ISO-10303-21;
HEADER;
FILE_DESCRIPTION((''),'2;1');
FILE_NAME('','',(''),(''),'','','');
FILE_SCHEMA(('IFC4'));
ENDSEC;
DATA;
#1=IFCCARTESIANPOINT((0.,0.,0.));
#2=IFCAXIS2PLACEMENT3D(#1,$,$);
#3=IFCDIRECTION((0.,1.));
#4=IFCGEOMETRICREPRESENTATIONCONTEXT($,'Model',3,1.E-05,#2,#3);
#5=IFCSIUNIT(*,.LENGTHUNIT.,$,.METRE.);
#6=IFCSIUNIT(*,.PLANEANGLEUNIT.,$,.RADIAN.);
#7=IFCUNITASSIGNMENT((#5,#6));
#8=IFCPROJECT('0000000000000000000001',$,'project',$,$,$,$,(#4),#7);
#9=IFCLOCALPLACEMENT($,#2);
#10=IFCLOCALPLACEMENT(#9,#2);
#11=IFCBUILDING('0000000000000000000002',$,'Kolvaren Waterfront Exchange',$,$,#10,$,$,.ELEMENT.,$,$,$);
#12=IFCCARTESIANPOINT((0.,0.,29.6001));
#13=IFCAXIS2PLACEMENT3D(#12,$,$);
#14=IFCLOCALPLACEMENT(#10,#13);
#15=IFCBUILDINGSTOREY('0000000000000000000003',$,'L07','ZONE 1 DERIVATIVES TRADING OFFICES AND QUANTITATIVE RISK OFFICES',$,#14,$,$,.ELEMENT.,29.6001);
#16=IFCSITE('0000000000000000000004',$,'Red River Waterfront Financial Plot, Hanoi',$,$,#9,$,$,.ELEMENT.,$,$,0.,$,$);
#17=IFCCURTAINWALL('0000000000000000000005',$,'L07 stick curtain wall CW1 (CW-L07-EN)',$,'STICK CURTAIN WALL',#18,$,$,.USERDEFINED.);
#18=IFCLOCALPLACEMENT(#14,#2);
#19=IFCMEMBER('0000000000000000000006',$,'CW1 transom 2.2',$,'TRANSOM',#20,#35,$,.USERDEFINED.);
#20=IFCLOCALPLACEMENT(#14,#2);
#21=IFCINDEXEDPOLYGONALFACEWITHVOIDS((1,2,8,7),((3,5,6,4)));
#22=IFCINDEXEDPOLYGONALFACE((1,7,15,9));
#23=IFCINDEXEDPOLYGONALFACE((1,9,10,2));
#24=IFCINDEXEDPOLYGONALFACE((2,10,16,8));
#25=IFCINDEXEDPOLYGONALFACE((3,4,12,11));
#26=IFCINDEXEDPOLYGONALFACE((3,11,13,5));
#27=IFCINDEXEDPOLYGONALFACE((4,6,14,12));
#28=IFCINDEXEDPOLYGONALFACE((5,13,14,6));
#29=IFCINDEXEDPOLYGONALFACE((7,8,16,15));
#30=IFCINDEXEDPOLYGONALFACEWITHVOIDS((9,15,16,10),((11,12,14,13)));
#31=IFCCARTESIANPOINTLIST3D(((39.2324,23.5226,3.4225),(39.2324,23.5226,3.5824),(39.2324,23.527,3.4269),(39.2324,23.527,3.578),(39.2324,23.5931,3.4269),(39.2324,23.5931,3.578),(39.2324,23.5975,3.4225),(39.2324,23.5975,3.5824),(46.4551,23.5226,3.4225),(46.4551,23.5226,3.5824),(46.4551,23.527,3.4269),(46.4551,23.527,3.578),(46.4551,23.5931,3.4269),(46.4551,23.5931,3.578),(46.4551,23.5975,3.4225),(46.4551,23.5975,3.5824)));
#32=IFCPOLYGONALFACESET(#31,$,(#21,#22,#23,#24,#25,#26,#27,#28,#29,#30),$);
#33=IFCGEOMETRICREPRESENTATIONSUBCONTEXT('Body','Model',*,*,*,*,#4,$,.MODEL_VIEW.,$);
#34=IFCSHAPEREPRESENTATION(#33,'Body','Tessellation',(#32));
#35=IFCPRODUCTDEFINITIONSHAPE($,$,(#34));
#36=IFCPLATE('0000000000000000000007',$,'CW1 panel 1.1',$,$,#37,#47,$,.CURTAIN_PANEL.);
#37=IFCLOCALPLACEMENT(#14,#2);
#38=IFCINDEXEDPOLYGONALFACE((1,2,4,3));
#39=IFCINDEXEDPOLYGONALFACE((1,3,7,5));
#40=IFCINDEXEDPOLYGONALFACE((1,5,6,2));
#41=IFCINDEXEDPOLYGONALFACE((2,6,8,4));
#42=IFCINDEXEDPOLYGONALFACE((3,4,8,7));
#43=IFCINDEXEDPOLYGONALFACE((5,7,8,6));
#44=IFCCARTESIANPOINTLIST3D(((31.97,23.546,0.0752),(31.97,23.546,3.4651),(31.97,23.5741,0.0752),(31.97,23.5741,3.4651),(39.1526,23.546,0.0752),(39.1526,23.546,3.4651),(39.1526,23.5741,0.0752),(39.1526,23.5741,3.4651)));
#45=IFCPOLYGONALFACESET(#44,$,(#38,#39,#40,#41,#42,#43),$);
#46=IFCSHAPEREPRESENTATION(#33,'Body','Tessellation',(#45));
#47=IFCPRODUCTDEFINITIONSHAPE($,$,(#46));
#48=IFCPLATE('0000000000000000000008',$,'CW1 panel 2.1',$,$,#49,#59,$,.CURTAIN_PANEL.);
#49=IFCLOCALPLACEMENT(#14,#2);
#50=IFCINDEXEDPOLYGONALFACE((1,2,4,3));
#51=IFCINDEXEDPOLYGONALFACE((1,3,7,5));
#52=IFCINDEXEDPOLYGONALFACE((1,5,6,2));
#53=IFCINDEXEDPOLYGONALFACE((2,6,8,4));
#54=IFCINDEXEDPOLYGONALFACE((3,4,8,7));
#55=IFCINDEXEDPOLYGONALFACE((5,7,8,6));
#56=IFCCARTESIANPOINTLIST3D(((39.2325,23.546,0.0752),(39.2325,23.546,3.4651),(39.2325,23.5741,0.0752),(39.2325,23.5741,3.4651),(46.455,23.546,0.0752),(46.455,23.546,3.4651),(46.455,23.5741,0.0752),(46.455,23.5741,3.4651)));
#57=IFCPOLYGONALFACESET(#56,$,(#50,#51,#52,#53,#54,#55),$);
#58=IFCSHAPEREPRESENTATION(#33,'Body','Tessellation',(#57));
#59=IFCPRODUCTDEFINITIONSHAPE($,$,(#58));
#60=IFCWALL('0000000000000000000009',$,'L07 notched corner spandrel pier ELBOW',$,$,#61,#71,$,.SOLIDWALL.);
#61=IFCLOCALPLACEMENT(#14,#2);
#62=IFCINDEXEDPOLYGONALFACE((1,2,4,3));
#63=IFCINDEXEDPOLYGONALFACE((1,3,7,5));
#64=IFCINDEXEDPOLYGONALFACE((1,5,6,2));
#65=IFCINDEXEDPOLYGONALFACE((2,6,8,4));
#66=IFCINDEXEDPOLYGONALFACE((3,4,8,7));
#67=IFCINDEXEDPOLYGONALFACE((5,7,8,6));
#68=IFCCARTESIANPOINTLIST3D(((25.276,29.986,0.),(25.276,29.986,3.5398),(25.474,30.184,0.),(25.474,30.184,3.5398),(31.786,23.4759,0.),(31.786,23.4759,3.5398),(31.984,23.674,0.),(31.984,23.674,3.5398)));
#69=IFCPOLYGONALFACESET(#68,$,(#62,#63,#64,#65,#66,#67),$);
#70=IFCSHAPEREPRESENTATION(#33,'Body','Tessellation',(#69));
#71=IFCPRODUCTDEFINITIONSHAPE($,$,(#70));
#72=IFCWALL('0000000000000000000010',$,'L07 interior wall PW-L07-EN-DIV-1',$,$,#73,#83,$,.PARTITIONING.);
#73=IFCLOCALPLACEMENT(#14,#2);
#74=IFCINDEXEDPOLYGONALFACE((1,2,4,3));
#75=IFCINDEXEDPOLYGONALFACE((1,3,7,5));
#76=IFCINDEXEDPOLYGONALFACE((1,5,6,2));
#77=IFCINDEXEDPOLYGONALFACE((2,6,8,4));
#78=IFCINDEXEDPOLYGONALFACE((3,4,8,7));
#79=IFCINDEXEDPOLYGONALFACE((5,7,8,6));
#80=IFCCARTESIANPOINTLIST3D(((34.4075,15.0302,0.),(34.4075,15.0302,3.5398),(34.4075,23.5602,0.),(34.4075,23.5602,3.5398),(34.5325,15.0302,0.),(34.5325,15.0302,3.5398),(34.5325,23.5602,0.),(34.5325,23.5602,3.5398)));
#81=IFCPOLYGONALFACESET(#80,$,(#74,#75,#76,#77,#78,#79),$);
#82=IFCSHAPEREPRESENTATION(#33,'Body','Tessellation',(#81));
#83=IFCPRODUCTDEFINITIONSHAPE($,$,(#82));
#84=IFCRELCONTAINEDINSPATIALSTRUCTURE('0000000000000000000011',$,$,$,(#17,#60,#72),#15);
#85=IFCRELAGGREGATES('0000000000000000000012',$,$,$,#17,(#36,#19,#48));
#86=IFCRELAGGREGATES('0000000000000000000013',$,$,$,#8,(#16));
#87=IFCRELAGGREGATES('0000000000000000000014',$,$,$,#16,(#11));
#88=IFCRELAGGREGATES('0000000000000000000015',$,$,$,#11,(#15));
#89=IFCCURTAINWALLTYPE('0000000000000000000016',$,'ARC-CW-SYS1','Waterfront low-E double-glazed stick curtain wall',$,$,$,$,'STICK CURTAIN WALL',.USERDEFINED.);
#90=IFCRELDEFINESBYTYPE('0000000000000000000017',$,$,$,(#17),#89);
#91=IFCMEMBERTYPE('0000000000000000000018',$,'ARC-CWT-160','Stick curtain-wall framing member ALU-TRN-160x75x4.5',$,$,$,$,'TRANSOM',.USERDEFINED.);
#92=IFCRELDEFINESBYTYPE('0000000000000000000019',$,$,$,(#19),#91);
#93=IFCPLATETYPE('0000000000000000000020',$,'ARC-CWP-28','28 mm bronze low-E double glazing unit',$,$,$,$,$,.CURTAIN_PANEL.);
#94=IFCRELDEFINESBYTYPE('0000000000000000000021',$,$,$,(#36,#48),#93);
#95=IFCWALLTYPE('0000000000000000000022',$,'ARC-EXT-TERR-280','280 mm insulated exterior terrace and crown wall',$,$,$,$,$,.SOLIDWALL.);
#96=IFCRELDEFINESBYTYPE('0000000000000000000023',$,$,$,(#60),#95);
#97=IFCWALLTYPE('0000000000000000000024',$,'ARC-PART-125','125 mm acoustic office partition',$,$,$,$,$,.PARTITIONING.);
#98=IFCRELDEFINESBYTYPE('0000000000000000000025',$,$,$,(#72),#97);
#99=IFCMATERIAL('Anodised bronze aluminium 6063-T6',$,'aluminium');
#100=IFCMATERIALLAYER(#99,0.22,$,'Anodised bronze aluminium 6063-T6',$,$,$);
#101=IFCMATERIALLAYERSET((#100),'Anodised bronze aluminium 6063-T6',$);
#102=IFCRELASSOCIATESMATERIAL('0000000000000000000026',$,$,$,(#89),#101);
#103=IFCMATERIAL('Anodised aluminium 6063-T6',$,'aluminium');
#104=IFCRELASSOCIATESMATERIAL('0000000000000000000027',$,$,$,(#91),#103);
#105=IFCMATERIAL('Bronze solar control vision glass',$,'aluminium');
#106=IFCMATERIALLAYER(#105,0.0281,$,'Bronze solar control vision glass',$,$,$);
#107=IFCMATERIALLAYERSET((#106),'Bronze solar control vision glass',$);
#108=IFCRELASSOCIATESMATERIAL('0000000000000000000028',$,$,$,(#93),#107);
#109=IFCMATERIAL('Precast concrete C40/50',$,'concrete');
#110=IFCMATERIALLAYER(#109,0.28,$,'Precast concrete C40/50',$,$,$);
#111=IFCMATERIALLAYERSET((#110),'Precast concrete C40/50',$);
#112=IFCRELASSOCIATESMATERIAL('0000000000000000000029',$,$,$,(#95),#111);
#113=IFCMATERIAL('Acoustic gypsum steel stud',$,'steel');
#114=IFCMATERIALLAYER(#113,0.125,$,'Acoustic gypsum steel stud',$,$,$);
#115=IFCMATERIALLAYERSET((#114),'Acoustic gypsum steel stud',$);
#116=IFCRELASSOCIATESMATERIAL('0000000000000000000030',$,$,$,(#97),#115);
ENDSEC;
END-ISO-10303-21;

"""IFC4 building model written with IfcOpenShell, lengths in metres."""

from ifc_helpers import new_model, si_unit, direction, frame, frame_2d, origin, origin_with_axes, origin_2d, place, context, subcontext, project, spatial, rectangle, hollow_rectangle, extrude, source, transform, mapped, material, layer, layer_set, material_profile, profile_set, type_object, element, aggregate, save


model = new_model("IFC4")

# Units and contexts
model_context = context("Model", 3, precision=1e-05, world=origin(), true_north=direction((0.0, 1.0)))
body_context = subcontext(model_context, "Body", "Model", "MODEL_VIEW")
ifc_project = project(units=[si_unit("LENGTHUNIT", "METRE"), si_unit("PLANEANGLEUNIT", "RADIAN")], contexts=[model_context])

# Site, building, storey
site_placement = place(None, origin())
site = spatial("IfcSite", under=ifc_project, at=site_placement, Name="Red River Waterfront Financial Plot, Hanoi", CompositionType="ELEMENT", RefElevation=0.0)
building_placement = place(site_placement, origin())
building = spatial("IfcBuilding", under=site, at=building_placement, Name="Kolvaren Waterfront Exchange", CompositionType="ELEMENT")
storey_placement = place(building_placement, frame((0.0, 0.0, 29.6001)))
storey = spatial("IfcBuildingStorey", under=building, at=storey_placement, Name="L07", Description="ZONE 1 DERIVATIVES TRADING OFFICES AND QUANTITATIVE RISK OFFICES", CompositionType="ELEMENT", Elevation=29.6001)

# Curtain wall, member, plates
ifc_material_1 = material(Name="Anodised bronze aluminium 6063-T6", Category="aluminium")
ifc_layer_1 = layer(ifc_material_1, 0.22, Name="Anodised bronze aluminium 6063-T6")
ifc_layer_set_1 = layer_set([ifc_layer_1], Name="Anodised bronze aluminium 6063-T6")
curtain_wall_type = type_object("IfcCurtainWallType", Name="ARC-CW-SYS1", Description="Waterfront low-E double-glazed stick curtain wall", ElementType="STICK CURTAIN WALL", PredefinedType="USERDEFINED", material=ifc_layer_set_1)
curtain_wall_placement = place(storey_placement, origin())
curtain_wall = element("IfcCurtainWall", 1, at=curtain_wall_placement, inside=storey, type_object=curtain_wall_type, Name="L07 stick curtain wall CW1 (CW-L07-EN)", ObjectType="STICK CURTAIN WALL", PredefinedType="USERDEFINED")
ifc_material_2 = material(Name="Anodised aluminium 6063-T6", Category="aluminium")
ifc_material_profile_1 = material_profile(ifc_material_2, hollow_rectangle(XDim=0.075, YDim=0.1599, WallThickness=0.0044, at=origin_2d()), Name="ALU-TRN-160x75x4.5")
ifc_profile_set_1 = profile_set([ifc_material_profile_1], Name="Anodised aluminium 6063-T6")
member_type_1 = type_object("IfcMemberType", Name="ARC-CWT-160", Description="Stick curtain-wall framing member ALU-TRN-160x75x4.5", ElementType="TRANSOM", PredefinedType="USERDEFINED", material=ifc_profile_set_1)
shared_shape_1 = source(origin_with_axes(), body_context, "Body", "SweptSolid", [
    extrude(hollow_rectangle(XDim=0.075, YDim=0.1599, WallThickness=0.0044, at=origin_2d()), origin(), (0.0, 0.0, 1.0), 7.2227),
])
member_1_placement = place(storey_placement, frame((39.2324, 23.5601, 3.5024), z_axis=(1.0, 0.0, 0.0), x_axis=(0.0, 1.0, 0.0)))
member_1 = element("IfcMember", 2, at=member_1_placement, type_object=member_type_1, Name="CW1 transom 2.2", ObjectType="TRANSOM", PredefinedType="USERDEFINED", context=body_context, shape_type="MappedRepresentation", body=[
    mapped(shared_shape_1, transform((0.0, 0.0, 0.0), x_axis=(1.0, 0.0, 0.0), y_axis=(0.0, 1.0, 0.0), z_axis=(0.0, 0.0, 1.0), scale=1.0)),
])
ifc_material_3 = material(Name="Bronze solar control vision glass", Category="aluminium")
ifc_layer_2 = layer(ifc_material_3, 0.0281, Name="Bronze solar control vision glass")
ifc_layer_set_2 = layer_set([ifc_layer_2], Name="Bronze solar control vision glass")
plate_type = type_object("IfcPlateType", Name="ARC-CWP-28", Description="28 mm bronze low-E double glazing unit", PredefinedType="CURTAIN_PANEL", material=ifc_layer_set_2)
shared_shape_2 = source(origin_with_axes(), body_context, "Body", "SweptSolid", [
    extrude(rectangle(XDim=7.1826, YDim=0.0281, at=origin_2d()), origin(), (0.0, 0.0, 1.0), 3.3899),
])
plate_1_placement = place(storey_placement, frame((35.5613, 23.5601, 0.0752), z_axis=(0.0, 0.0, 1.0), x_axis=(1.0, 0.0, 0.0)))
plate_1 = element("IfcPlate", 3, at=plate_1_placement, type_object=plate_type, Name="CW1 panel 1.1", PredefinedType="CURTAIN_PANEL", context=body_context, shape_type="MappedRepresentation", body=[
    mapped(shared_shape_2, transform((0.0, 0.0, 0.0), x_axis=(1.0, 0.0, 0.0), y_axis=(0.0, 1.0, 0.0), z_axis=(0.0, 0.0, 1.0), scale=1.0)),
])
shared_shape_3 = source(origin_with_axes(), body_context, "Body", "SweptSolid", [
    extrude(rectangle(XDim=7.2224, YDim=0.0281, at=origin_2d()), origin(), (0.0, 0.0, 1.0), 3.3899),
])
plate_2_placement = place(storey_placement, frame((42.8438, 23.5601, 0.0752), z_axis=(0.0, 0.0, 1.0), x_axis=(1.0, 0.0, 0.0)))
plate_2 = element("IfcPlate", 4, at=plate_2_placement, type_object=plate_type, Name="CW1 panel 2.1", PredefinedType="CURTAIN_PANEL", context=body_context, shape_type="MappedRepresentation", body=[
    mapped(shared_shape_3, transform((0.0, 0.0, 0.0), x_axis=(1.0, 0.0, 0.0), y_axis=(0.0, 1.0, 0.0), z_axis=(0.0, 0.0, 1.0), scale=1.0)),
])
aggregate(curtain_wall, [plate_1, member_1, plate_2])

# Walls
ifc_material_4 = material(Name="Precast concrete C40/50", Category="concrete")
ifc_layer_3 = layer(ifc_material_4, 0.28, Name="Precast concrete C40/50")
ifc_layer_set_3 = layer_set([ifc_layer_3], Name="Precast concrete C40/50")
wall_type_1 = type_object("IfcWallType", Name="ARC-EXT-TERR-280", Description="280 mm insulated exterior terrace and crown wall", PredefinedType="SOLIDWALL", material=ifc_layer_set_3)
wall_1_placement = place(storey_placement, frame((31.885, 23.575, 0.0), z_axis=(0.0, 0.0, 1.0), x_axis=(-0.707107, 0.707107, 0.0)))
element("IfcWall", 5, at=wall_1_placement, inside=storey, type_object=wall_type_1, Name="L07 notched corner spandrel pier ELBOW", PredefinedType="SOLIDWALL", context=body_context, shape_type="SweptSolid", body=[
    extrude(rectangle(XDim=9.2065, YDim=0.28, at=frame_2d((4.6033, 0.0))), origin(), (0.0, 0.0, 1.0), 3.5398),
])
ifc_material_5 = material(Name="Acoustic gypsum steel stud", Category="steel")
ifc_layer_4 = layer(ifc_material_5, 0.125, Name="Acoustic gypsum steel stud")
ifc_layer_set_4 = layer_set([ifc_layer_4], Name="Acoustic gypsum steel stud")
wall_type_2 = type_object("IfcWallType", Name="ARC-PART-125", Description="125 mm acoustic office partition", PredefinedType="PARTITIONING", material=ifc_layer_set_4)
wall_2_placement = place(storey_placement, frame((34.47, 15.03, 0.0), z_axis=(0.0, 0.0, 1.0), x_axis=(0.0, 1.0, 0.0)))
element("IfcWall", 6, at=wall_2_placement, inside=storey, type_object=wall_type_2, Name="L07 interior wall PW-L07-EN-DIV-1", PredefinedType="PARTITIONING", context=body_context, shape_type="SweptSolid", body=[
    extrude(rectangle(XDim=8.53, YDim=0.125, at=frame_2d((4.2651, 0.0))), origin(), (0.0, 0.0, 1.0), 3.5398),
])

save(model, "model.ifc")
